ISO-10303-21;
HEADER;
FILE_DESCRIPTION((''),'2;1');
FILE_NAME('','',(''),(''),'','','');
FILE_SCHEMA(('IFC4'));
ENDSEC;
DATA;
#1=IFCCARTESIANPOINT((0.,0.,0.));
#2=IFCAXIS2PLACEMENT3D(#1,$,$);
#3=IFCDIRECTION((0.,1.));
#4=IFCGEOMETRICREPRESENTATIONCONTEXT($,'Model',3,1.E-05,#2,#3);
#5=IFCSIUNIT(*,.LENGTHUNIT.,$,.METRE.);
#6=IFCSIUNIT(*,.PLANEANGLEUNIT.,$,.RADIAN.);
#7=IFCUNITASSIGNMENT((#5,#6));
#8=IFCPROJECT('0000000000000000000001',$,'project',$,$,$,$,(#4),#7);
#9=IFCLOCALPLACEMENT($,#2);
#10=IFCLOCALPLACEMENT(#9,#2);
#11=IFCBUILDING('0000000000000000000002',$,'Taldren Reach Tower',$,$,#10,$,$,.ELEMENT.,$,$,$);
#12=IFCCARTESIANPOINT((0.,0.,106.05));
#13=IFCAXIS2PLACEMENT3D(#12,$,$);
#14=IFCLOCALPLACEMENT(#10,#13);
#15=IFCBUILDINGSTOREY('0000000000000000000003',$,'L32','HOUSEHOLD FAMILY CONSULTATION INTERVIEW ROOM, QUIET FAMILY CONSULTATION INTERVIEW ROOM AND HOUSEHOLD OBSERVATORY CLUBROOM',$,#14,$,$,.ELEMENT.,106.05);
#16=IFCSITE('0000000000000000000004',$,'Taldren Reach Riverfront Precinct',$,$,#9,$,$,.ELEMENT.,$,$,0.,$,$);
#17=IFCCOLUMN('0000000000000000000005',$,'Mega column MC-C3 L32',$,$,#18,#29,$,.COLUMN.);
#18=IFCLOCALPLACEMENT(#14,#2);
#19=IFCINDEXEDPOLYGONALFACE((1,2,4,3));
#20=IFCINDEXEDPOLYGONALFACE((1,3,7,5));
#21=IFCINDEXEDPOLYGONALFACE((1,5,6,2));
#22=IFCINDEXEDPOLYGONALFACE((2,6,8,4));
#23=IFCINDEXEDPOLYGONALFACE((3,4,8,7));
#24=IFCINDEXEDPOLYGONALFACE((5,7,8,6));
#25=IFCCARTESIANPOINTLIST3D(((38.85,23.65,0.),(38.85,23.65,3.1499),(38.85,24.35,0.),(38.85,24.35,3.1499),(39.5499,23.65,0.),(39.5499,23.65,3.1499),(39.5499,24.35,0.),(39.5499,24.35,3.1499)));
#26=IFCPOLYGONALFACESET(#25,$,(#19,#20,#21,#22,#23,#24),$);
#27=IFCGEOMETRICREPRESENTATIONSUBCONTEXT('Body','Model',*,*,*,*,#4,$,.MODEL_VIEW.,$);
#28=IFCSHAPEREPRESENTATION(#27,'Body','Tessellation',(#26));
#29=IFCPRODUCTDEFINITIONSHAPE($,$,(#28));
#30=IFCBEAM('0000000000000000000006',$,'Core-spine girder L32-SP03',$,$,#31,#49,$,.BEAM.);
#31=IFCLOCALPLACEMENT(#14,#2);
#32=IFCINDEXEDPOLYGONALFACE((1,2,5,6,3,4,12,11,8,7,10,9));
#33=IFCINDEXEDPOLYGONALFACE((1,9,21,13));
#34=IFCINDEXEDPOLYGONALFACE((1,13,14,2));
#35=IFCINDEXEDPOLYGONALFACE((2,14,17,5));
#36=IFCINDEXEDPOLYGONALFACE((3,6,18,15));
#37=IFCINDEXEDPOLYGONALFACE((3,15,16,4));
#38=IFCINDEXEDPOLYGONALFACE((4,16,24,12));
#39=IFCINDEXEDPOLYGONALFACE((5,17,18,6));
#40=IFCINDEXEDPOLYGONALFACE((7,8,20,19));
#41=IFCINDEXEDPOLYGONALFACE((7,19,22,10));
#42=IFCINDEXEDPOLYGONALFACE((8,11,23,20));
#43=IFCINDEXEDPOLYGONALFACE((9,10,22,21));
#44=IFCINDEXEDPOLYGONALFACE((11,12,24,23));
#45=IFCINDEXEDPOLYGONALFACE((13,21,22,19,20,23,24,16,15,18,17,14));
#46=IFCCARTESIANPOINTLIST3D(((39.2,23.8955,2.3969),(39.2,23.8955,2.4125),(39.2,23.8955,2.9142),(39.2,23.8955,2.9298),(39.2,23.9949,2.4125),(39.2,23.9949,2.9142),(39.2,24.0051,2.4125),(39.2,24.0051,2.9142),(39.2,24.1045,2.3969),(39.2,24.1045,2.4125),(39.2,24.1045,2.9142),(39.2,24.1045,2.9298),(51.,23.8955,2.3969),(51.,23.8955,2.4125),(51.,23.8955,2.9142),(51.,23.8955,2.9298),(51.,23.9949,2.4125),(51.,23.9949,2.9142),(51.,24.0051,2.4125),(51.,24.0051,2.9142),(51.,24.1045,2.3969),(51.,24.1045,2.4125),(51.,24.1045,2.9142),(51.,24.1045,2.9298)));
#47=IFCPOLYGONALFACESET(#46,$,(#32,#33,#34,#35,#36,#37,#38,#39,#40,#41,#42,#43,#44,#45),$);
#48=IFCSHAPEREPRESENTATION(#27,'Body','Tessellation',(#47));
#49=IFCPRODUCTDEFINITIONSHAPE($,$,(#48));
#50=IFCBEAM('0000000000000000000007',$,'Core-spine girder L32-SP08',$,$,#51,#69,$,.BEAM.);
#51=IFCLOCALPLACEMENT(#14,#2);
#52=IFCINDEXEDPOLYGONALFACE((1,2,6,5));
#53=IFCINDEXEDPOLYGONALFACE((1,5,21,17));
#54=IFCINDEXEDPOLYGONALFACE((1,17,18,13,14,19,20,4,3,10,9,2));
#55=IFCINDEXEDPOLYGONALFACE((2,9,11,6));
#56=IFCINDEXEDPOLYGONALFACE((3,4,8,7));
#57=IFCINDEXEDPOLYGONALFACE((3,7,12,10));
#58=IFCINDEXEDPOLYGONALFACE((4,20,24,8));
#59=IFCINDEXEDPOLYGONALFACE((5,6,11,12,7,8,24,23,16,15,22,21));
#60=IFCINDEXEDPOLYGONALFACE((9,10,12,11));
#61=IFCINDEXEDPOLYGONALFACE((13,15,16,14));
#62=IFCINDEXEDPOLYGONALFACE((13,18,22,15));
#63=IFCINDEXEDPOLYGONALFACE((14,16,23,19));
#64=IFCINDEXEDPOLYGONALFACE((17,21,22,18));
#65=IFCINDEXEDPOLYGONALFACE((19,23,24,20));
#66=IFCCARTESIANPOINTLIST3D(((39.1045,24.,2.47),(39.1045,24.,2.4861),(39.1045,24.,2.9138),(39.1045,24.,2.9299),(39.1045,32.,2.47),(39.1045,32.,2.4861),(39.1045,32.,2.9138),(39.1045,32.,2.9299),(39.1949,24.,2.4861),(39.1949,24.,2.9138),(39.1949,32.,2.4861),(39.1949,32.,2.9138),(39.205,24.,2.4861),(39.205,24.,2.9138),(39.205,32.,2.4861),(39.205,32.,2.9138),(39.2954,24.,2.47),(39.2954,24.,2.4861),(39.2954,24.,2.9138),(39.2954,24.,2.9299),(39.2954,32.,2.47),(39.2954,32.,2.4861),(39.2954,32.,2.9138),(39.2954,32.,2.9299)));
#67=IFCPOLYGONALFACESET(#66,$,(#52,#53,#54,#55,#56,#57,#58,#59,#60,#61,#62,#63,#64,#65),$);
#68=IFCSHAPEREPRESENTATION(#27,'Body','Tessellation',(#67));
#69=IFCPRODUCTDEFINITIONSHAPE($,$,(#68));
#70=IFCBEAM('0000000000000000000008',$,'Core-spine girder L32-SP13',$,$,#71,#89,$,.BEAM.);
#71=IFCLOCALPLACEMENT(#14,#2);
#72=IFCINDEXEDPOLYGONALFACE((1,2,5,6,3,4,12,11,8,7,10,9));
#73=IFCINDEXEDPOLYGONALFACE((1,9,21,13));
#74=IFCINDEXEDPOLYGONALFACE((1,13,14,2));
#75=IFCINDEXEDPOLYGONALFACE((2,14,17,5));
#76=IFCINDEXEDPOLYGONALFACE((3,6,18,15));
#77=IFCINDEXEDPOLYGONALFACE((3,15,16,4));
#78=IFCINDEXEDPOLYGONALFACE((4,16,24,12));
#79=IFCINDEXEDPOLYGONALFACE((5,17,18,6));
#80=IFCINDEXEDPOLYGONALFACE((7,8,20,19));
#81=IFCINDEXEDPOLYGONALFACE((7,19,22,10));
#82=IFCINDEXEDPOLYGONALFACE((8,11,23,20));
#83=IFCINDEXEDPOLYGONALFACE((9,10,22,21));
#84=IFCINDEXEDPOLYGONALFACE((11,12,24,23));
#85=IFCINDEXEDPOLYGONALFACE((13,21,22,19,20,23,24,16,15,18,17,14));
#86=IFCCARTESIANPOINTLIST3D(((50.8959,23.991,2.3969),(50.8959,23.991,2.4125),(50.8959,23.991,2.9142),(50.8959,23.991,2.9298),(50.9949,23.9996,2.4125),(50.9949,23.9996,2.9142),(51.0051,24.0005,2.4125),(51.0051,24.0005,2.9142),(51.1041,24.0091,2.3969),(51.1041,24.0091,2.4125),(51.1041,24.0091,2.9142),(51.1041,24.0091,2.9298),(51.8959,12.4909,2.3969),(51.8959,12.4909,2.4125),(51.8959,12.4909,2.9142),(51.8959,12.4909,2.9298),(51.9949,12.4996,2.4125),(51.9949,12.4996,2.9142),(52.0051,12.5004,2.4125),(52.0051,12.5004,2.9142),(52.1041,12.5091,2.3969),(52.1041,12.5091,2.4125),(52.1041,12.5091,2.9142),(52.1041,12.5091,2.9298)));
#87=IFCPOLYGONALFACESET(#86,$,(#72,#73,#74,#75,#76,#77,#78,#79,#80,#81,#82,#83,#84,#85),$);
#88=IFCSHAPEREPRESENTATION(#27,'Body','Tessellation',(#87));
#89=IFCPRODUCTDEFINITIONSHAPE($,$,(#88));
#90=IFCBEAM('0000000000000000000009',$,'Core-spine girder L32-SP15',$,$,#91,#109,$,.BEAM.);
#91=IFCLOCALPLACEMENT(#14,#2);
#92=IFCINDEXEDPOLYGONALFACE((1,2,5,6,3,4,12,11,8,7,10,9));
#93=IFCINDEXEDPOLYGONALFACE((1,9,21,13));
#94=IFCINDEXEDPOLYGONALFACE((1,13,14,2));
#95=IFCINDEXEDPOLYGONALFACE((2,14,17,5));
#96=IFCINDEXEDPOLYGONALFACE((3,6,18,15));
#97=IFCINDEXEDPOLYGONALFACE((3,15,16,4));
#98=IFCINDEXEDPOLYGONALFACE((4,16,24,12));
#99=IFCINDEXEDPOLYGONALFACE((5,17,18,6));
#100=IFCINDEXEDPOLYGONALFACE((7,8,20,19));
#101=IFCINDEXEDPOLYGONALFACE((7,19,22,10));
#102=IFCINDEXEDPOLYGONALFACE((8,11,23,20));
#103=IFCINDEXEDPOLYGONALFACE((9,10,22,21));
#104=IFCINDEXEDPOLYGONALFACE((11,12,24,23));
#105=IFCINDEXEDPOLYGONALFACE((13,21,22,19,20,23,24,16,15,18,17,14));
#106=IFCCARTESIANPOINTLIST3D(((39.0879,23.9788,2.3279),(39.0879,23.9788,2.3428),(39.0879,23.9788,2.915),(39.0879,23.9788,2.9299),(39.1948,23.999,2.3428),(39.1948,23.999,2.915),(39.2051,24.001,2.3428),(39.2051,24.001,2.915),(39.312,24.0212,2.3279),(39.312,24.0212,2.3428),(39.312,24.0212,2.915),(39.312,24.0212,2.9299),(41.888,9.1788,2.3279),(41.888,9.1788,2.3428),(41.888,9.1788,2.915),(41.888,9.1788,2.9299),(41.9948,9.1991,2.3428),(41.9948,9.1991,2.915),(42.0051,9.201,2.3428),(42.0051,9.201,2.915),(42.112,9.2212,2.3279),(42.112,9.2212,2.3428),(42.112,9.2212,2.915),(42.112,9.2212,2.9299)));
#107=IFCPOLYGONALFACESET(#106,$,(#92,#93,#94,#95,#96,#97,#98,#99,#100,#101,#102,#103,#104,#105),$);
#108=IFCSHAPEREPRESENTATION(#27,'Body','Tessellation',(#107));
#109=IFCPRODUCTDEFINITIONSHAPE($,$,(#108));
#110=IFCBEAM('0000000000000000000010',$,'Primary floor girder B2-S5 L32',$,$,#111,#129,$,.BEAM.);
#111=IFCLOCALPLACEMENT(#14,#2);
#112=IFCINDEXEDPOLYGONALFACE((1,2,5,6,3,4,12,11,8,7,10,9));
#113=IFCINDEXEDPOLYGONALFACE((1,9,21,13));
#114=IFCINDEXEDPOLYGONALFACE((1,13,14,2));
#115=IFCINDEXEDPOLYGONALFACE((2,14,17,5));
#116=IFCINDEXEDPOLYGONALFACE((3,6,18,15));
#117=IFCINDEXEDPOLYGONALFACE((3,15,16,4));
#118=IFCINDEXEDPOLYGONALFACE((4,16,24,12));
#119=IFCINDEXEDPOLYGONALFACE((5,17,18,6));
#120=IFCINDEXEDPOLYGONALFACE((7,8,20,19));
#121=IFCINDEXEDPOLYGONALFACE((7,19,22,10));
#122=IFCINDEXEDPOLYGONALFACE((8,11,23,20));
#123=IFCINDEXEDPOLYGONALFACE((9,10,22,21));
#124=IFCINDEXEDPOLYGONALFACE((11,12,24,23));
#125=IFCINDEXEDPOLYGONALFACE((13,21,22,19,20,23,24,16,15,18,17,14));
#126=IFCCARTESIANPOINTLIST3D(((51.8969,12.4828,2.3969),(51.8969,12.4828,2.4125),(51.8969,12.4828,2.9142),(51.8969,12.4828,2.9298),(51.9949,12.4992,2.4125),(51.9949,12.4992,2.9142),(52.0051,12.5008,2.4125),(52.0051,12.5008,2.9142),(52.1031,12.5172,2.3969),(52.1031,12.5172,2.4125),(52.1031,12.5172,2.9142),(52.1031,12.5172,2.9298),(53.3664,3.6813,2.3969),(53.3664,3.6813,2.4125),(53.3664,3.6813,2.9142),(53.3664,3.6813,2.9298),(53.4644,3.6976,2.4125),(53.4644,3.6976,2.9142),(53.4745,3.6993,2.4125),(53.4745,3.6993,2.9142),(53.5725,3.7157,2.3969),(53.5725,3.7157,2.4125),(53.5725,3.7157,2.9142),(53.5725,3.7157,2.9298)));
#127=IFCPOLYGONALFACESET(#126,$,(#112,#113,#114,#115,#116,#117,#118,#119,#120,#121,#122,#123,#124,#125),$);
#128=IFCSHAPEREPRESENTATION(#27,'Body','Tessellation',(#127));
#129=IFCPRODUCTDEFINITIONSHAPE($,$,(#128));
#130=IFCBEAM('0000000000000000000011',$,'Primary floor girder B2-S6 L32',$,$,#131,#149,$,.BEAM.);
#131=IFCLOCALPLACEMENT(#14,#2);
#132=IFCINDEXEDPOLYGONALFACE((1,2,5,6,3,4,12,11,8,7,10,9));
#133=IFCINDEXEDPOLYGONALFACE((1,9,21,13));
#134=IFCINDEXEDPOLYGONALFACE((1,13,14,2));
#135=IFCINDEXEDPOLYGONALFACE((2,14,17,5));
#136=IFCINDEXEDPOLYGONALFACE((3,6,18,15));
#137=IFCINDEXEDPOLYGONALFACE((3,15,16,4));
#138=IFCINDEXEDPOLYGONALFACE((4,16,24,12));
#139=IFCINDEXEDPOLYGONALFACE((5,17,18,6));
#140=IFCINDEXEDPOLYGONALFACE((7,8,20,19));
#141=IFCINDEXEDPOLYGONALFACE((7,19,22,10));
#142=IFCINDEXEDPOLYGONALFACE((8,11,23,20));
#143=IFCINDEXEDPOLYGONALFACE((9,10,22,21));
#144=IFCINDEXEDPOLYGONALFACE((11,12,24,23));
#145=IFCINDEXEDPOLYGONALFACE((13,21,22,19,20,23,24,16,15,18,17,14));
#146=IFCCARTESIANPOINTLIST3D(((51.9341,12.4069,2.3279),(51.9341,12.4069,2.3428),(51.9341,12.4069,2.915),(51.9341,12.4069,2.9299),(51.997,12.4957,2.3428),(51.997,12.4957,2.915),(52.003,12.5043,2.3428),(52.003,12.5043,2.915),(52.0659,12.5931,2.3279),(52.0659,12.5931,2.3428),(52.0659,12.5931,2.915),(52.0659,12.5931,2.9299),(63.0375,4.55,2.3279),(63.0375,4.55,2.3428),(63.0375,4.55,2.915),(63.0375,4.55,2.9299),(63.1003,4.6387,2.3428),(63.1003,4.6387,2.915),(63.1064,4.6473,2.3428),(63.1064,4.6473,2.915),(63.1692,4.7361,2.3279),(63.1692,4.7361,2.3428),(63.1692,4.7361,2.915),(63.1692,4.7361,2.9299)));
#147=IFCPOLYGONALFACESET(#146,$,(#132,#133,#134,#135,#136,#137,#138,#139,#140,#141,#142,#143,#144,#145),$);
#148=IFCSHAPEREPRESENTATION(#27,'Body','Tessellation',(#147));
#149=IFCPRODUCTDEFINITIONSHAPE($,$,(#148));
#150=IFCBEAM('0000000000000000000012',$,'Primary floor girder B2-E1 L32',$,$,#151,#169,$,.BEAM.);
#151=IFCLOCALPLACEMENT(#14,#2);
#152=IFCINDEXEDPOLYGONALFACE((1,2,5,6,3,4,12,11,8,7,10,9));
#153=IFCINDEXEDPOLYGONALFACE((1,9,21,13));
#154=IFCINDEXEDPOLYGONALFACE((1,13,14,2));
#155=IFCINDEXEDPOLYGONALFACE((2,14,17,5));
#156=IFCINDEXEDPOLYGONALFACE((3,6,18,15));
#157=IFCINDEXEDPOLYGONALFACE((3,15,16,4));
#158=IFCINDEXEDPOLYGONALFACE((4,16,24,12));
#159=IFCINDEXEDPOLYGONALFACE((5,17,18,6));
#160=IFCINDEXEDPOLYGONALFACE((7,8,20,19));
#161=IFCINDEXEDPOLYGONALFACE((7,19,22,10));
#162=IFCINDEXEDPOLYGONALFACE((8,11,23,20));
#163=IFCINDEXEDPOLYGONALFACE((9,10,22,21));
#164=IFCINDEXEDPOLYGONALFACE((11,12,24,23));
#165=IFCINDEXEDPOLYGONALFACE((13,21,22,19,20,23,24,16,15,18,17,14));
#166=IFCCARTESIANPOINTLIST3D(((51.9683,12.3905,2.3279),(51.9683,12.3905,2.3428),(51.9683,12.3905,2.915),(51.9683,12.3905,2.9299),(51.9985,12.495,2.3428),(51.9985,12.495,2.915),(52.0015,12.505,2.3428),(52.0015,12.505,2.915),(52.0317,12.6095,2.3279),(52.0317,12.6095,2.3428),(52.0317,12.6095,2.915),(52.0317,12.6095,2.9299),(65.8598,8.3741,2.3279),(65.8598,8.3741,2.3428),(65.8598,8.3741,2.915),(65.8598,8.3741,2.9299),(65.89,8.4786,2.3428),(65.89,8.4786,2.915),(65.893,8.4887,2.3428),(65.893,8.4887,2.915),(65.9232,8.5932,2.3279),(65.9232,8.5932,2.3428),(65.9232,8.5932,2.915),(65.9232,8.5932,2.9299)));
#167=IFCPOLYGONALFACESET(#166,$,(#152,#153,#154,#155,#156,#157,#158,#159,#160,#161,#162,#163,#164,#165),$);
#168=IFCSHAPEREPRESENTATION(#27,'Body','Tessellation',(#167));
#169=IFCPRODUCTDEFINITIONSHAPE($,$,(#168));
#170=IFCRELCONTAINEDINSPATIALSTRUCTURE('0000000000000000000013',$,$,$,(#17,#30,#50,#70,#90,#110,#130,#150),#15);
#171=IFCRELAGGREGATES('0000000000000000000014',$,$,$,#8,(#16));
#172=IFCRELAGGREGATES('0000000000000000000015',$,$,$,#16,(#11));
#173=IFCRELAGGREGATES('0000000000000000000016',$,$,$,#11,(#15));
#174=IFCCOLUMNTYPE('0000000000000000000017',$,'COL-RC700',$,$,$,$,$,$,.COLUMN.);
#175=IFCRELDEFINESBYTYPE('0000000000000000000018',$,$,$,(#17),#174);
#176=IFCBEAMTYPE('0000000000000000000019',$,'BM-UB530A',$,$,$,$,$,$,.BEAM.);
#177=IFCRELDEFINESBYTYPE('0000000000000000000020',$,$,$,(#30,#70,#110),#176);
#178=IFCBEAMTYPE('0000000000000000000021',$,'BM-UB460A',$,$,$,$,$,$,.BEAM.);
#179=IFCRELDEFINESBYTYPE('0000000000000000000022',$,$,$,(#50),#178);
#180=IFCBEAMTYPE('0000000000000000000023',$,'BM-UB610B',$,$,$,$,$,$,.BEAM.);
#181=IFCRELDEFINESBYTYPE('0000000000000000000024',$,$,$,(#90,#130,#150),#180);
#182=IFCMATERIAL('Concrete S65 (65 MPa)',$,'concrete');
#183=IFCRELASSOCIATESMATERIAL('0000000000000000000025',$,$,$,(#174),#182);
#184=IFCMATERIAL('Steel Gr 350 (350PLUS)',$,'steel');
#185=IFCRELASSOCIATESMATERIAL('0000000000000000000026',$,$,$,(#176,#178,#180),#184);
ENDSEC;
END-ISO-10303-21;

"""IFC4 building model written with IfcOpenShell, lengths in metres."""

from ifc_helpers import new_model, si_unit, direction, frame, origin, origin_2d, place, context, subcontext, project, spatial, rectangle, i_section, extrude, source, transform, mapped, material, material_profile, profile_set, type_object, element, save


model = new_model("IFC4")

# Units and contexts
model_context = context("Model", 3, precision=1e-05, world=origin(), true_north=direction((0.0, 1.0)))
body_context = subcontext(model_context, "Body", "Model", "MODEL_VIEW")
ifc_project = project(units=[si_unit("LENGTHUNIT", "METRE"), si_unit("PLANEANGLEUNIT", "RADIAN")], contexts=[model_context])

# Site, building, storey
site_placement = place(None, origin())
site = spatial("IfcSite", under=ifc_project, at=site_placement, Name="Taldren Reach Riverfront Precinct", CompositionType="ELEMENT", RefElevation=0.0)
building_placement = place(site_placement, origin())
building = spatial("IfcBuilding", under=site, at=building_placement, Name="Taldren Reach Tower", CompositionType="ELEMENT")
storey_placement = place(building_placement, frame((0.0, 0.0, 106.05)))
storey = spatial("IfcBuildingStorey", under=building, at=storey_placement, Name="L32", Description="HOUSEHOLD FAMILY CONSULTATION INTERVIEW ROOM, QUIET FAMILY CONSULTATION INTERVIEW ROOM AND HOUSEHOLD OBSERVATORY CLUBROOM", CompositionType="ELEMENT", Elevation=106.05)

# Column
ifc_material_1 = material(Name="Concrete S65 (65 MPa)", Category="concrete")
ifc_material_profile_1 = material_profile(ifc_material_1, rectangle(XDim=0.7, YDim=0.7, at=origin_2d()), Name="RC-700x700")
ifc_profile_set_1 = profile_set([ifc_material_profile_1], Name="Concrete S65 (65 MPa)")
column_type = type_object("IfcColumnType", Name="COL-RC700", PredefinedType="COLUMN", material=ifc_profile_set_1)
shared_shape_1 = source(origin(), body_context, "Body", "SweptSolid", [
    extrude(rectangle(XDim=0.7, YDim=0.7, at=origin_2d()), origin(), (0.0, 0.0, 1.0), 3.1499),
])
column_placement = place(storey_placement, frame((39.2, 24.0, 0.0), z_axis=(0.0, 0.0, 1.0), x_axis=(1.0, 0.0, 0.0)))
element("IfcColumn", 1, at=column_placement, inside=storey, type_object=column_type, Name="Mega column MC-C3 L32", PredefinedType="COLUMN", context=body_context, shape_type="MappedRepresentation", body=[
    mapped(shared_shape_1, transform((0.0, 0.0, 0.0), scale=1.0)),
])

# Beams
ifc_material_2 = material(Name="Steel Gr 350 (350PLUS)", Category="steel")
ifc_material_profile_2 = material_profile(ifc_material_2, i_section(OverallWidth=0.209, OverallDepth=0.533, WebThickness=0.0103, FlangeThickness=0.0156, at=origin_2d()), Name="530UB92.4")
ifc_profile_set_2 = profile_set([ifc_material_profile_2], Name="Steel Gr 350 (350PLUS)")
beam_type_1 = type_object("IfcBeamType", Name="BM-UB530A", PredefinedType="BEAM", material=ifc_profile_set_2)
shared_shape_2 = source(origin(), body_context, "Body", "SweptSolid", [
    extrude(i_section(OverallWidth=0.209, OverallDepth=0.533, WebThickness=0.0103, FlangeThickness=0.0156, at=origin_2d()), origin(), (0.0, 0.0, 1.0), 11.8),
])
beam_1_placement = place(storey_placement, frame((39.2, 24.0, 2.6633), z_axis=(1.0, 0.0, 0.0), x_axis=(0.0, 1.0, 0.0)))
element("IfcBeam", 2, at=beam_1_placement, inside=storey, type_object=beam_type_1, Name="Core-spine girder L32-SP03", PredefinedType="BEAM", context=body_context, shape_type="MappedRepresentation", body=[
    mapped(shared_shape_2, transform((0.0, 0.0, 0.0), scale=1.0)),
])
ifc_material_profile_3 = material_profile(ifc_material_2, i_section(OverallWidth=0.1909, OverallDepth=0.46, WebThickness=0.01, FlangeThickness=0.0161, at=origin_2d()), Name="460UB82.1")
ifc_profile_set_3 = profile_set([ifc_material_profile_3], Name="Steel Gr 350 (350PLUS)")
beam_type_2 = type_object("IfcBeamType", Name="BM-UB460A", PredefinedType="BEAM", material=ifc_profile_set_3)
shared_shape_3 = source(origin(), body_context, "Body", "SweptSolid", [
    extrude(i_section(OverallWidth=0.1909, OverallDepth=0.46, WebThickness=0.01, FlangeThickness=0.0161, at=origin_2d()), origin(), (0.0, 0.0, 1.0), 8.0),
])
beam_2_placement = place(storey_placement, frame((39.2, 24.0, 2.7), z_axis=(0.0, 1.0, 0.0), x_axis=(-1.0, 0.0, 0.0)))
element("IfcBeam", 3, at=beam_2_placement, inside=storey, type_object=beam_type_2, Name="Core-spine girder L32-SP08", PredefinedType="BEAM", context=body_context, shape_type="MappedRepresentation", body=[
    mapped(shared_shape_3, transform((0.0, 0.0, 0.0), scale=1.0)),
])
shared_shape_4 = source(origin(), body_context, "Body", "SweptSolid", [
    extrude(i_section(OverallWidth=0.209, OverallDepth=0.533, WebThickness=0.0103, FlangeThickness=0.0156, at=origin_2d()), origin(), (0.0, 0.0, 1.0), 11.5435),
])
beam_3_placement = place(storey_placement, frame((52.0, 12.5, 2.6633), z_axis=(-0.08663, 0.996241, 0.0), x_axis=(-0.996241, -0.08663, 0.0)))
element("IfcBeam", 4, at=beam_3_placement, inside=storey, type_object=beam_type_1, Name="Core-spine girder L32-SP13", PredefinedType="BEAM", context=body_context, shape_type="MappedRepresentation", body=[
    mapped(shared_shape_4, transform((0.0, 0.0, 0.0), scale=1.0)),
])
ifc_material_profile_4 = material_profile(ifc_material_2, i_section(OverallWidth=0.228, OverallDepth=0.6021, WebThickness=0.0105, FlangeThickness=0.0149, at=origin_2d()), Name="610UB101")
ifc_profile_set_4 = profile_set([ifc_material_profile_4], Name="Steel Gr 350 (350PLUS)")
beam_type_3 = type_object("IfcBeamType", Name="BM-UB610B", PredefinedType="BEAM", material=ifc_profile_set_4)
shared_shape_5 = source(origin(), body_context, "Body", "SweptSolid", [
    extrude(i_section(OverallWidth=0.228, OverallDepth=0.6021, WebThickness=0.0105, FlangeThickness=0.0149, at=origin_2d()), origin(), (0.0, 0.0, 1.0), 15.0625),
])
beam_4_placement = place(storey_placement, frame((39.2, 24.0, 2.6289), z_axis=(0.185894, -0.98257, 0.0), x_axis=(0.98257, 0.185894, 0.0)))
element("IfcBeam", 5, at=beam_4_placement, inside=storey, type_object=beam_type_3, Name="Core-spine girder L32-SP15", PredefinedType="BEAM", context=body_context, shape_type="MappedRepresentation", body=[
    mapped(shared_shape_5, transform((0.0, 0.0, 0.0), scale=1.0)),
])
shared_shape_6 = source(origin(), body_context, "Body", "SweptSolid", [
    extrude(i_section(OverallWidth=0.209, OverallDepth=0.533, WebThickness=0.0103, FlangeThickness=0.0156, at=origin_2d()), origin(), (0.0, 0.0, 1.0), 8.9233),
])
beam_5_placement = place(storey_placement, frame((52.0, 12.5, 2.6633), z_axis=(0.164678, -0.986347, 0.0), x_axis=(0.986347, 0.164678, 0.0)))
element("IfcBeam", 6, at=beam_5_placement, inside=storey, type_object=beam_type_1, Name="Primary floor girder B2-S5 L32", PredefinedType="BEAM", context=body_context, shape_type="MappedRepresentation", body=[
    mapped(shared_shape_6, transform((0.0, 0.0, 0.0), scale=1.0)),
])
shared_shape_7 = source(origin(), body_context, "Body", "SweptSolid", [
    extrude(i_section(OverallWidth=0.228, OverallDepth=0.6021, WebThickness=0.0105, FlangeThickness=0.0149, at=origin_2d()), origin(), (0.0, 0.0, 1.0), 13.6021),
])
beam_6_placement = place(storey_placement, frame((52.0, 12.5, 2.6289), z_axis=(0.816298, -0.577631, 0.0), x_axis=(0.577631, 0.816298, 0.0)))
element("IfcBeam", 7, at=beam_6_placement, inside=storey, type_object=beam_type_3, Name="Primary floor girder B2-S6 L32", PredefinedType="BEAM", context=body_context, shape_type="MappedRepresentation", body=[
    mapped(shared_shape_7, transform((0.0, 0.0, 0.0), scale=1.0)),
])
shared_shape_8 = source(origin(), body_context, "Body", "SweptSolid", [
    extrude(i_section(OverallWidth=0.228, OverallDepth=0.6021, WebThickness=0.0105, FlangeThickness=0.0149, at=origin_2d()), origin(), (0.0, 0.0, 1.0), 14.4604),
])
beam_7_placement = place(storey_placement, frame((52.0, 12.5, 2.6289), z_axis=(0.960655, -0.277746, 0.0), x_axis=(0.277746, 0.960655, 0.0)))
element("IfcBeam", 8, at=beam_7_placement, inside=storey, type_object=beam_type_3, Name="Primary floor girder B2-E1 L32", PredefinedType="BEAM", context=body_context, shape_type="MappedRepresentation", body=[
    mapped(shared_shape_8, transform((0.0, 0.0, 0.0), scale=1.0)),
])

save(model, "model.ifc")
